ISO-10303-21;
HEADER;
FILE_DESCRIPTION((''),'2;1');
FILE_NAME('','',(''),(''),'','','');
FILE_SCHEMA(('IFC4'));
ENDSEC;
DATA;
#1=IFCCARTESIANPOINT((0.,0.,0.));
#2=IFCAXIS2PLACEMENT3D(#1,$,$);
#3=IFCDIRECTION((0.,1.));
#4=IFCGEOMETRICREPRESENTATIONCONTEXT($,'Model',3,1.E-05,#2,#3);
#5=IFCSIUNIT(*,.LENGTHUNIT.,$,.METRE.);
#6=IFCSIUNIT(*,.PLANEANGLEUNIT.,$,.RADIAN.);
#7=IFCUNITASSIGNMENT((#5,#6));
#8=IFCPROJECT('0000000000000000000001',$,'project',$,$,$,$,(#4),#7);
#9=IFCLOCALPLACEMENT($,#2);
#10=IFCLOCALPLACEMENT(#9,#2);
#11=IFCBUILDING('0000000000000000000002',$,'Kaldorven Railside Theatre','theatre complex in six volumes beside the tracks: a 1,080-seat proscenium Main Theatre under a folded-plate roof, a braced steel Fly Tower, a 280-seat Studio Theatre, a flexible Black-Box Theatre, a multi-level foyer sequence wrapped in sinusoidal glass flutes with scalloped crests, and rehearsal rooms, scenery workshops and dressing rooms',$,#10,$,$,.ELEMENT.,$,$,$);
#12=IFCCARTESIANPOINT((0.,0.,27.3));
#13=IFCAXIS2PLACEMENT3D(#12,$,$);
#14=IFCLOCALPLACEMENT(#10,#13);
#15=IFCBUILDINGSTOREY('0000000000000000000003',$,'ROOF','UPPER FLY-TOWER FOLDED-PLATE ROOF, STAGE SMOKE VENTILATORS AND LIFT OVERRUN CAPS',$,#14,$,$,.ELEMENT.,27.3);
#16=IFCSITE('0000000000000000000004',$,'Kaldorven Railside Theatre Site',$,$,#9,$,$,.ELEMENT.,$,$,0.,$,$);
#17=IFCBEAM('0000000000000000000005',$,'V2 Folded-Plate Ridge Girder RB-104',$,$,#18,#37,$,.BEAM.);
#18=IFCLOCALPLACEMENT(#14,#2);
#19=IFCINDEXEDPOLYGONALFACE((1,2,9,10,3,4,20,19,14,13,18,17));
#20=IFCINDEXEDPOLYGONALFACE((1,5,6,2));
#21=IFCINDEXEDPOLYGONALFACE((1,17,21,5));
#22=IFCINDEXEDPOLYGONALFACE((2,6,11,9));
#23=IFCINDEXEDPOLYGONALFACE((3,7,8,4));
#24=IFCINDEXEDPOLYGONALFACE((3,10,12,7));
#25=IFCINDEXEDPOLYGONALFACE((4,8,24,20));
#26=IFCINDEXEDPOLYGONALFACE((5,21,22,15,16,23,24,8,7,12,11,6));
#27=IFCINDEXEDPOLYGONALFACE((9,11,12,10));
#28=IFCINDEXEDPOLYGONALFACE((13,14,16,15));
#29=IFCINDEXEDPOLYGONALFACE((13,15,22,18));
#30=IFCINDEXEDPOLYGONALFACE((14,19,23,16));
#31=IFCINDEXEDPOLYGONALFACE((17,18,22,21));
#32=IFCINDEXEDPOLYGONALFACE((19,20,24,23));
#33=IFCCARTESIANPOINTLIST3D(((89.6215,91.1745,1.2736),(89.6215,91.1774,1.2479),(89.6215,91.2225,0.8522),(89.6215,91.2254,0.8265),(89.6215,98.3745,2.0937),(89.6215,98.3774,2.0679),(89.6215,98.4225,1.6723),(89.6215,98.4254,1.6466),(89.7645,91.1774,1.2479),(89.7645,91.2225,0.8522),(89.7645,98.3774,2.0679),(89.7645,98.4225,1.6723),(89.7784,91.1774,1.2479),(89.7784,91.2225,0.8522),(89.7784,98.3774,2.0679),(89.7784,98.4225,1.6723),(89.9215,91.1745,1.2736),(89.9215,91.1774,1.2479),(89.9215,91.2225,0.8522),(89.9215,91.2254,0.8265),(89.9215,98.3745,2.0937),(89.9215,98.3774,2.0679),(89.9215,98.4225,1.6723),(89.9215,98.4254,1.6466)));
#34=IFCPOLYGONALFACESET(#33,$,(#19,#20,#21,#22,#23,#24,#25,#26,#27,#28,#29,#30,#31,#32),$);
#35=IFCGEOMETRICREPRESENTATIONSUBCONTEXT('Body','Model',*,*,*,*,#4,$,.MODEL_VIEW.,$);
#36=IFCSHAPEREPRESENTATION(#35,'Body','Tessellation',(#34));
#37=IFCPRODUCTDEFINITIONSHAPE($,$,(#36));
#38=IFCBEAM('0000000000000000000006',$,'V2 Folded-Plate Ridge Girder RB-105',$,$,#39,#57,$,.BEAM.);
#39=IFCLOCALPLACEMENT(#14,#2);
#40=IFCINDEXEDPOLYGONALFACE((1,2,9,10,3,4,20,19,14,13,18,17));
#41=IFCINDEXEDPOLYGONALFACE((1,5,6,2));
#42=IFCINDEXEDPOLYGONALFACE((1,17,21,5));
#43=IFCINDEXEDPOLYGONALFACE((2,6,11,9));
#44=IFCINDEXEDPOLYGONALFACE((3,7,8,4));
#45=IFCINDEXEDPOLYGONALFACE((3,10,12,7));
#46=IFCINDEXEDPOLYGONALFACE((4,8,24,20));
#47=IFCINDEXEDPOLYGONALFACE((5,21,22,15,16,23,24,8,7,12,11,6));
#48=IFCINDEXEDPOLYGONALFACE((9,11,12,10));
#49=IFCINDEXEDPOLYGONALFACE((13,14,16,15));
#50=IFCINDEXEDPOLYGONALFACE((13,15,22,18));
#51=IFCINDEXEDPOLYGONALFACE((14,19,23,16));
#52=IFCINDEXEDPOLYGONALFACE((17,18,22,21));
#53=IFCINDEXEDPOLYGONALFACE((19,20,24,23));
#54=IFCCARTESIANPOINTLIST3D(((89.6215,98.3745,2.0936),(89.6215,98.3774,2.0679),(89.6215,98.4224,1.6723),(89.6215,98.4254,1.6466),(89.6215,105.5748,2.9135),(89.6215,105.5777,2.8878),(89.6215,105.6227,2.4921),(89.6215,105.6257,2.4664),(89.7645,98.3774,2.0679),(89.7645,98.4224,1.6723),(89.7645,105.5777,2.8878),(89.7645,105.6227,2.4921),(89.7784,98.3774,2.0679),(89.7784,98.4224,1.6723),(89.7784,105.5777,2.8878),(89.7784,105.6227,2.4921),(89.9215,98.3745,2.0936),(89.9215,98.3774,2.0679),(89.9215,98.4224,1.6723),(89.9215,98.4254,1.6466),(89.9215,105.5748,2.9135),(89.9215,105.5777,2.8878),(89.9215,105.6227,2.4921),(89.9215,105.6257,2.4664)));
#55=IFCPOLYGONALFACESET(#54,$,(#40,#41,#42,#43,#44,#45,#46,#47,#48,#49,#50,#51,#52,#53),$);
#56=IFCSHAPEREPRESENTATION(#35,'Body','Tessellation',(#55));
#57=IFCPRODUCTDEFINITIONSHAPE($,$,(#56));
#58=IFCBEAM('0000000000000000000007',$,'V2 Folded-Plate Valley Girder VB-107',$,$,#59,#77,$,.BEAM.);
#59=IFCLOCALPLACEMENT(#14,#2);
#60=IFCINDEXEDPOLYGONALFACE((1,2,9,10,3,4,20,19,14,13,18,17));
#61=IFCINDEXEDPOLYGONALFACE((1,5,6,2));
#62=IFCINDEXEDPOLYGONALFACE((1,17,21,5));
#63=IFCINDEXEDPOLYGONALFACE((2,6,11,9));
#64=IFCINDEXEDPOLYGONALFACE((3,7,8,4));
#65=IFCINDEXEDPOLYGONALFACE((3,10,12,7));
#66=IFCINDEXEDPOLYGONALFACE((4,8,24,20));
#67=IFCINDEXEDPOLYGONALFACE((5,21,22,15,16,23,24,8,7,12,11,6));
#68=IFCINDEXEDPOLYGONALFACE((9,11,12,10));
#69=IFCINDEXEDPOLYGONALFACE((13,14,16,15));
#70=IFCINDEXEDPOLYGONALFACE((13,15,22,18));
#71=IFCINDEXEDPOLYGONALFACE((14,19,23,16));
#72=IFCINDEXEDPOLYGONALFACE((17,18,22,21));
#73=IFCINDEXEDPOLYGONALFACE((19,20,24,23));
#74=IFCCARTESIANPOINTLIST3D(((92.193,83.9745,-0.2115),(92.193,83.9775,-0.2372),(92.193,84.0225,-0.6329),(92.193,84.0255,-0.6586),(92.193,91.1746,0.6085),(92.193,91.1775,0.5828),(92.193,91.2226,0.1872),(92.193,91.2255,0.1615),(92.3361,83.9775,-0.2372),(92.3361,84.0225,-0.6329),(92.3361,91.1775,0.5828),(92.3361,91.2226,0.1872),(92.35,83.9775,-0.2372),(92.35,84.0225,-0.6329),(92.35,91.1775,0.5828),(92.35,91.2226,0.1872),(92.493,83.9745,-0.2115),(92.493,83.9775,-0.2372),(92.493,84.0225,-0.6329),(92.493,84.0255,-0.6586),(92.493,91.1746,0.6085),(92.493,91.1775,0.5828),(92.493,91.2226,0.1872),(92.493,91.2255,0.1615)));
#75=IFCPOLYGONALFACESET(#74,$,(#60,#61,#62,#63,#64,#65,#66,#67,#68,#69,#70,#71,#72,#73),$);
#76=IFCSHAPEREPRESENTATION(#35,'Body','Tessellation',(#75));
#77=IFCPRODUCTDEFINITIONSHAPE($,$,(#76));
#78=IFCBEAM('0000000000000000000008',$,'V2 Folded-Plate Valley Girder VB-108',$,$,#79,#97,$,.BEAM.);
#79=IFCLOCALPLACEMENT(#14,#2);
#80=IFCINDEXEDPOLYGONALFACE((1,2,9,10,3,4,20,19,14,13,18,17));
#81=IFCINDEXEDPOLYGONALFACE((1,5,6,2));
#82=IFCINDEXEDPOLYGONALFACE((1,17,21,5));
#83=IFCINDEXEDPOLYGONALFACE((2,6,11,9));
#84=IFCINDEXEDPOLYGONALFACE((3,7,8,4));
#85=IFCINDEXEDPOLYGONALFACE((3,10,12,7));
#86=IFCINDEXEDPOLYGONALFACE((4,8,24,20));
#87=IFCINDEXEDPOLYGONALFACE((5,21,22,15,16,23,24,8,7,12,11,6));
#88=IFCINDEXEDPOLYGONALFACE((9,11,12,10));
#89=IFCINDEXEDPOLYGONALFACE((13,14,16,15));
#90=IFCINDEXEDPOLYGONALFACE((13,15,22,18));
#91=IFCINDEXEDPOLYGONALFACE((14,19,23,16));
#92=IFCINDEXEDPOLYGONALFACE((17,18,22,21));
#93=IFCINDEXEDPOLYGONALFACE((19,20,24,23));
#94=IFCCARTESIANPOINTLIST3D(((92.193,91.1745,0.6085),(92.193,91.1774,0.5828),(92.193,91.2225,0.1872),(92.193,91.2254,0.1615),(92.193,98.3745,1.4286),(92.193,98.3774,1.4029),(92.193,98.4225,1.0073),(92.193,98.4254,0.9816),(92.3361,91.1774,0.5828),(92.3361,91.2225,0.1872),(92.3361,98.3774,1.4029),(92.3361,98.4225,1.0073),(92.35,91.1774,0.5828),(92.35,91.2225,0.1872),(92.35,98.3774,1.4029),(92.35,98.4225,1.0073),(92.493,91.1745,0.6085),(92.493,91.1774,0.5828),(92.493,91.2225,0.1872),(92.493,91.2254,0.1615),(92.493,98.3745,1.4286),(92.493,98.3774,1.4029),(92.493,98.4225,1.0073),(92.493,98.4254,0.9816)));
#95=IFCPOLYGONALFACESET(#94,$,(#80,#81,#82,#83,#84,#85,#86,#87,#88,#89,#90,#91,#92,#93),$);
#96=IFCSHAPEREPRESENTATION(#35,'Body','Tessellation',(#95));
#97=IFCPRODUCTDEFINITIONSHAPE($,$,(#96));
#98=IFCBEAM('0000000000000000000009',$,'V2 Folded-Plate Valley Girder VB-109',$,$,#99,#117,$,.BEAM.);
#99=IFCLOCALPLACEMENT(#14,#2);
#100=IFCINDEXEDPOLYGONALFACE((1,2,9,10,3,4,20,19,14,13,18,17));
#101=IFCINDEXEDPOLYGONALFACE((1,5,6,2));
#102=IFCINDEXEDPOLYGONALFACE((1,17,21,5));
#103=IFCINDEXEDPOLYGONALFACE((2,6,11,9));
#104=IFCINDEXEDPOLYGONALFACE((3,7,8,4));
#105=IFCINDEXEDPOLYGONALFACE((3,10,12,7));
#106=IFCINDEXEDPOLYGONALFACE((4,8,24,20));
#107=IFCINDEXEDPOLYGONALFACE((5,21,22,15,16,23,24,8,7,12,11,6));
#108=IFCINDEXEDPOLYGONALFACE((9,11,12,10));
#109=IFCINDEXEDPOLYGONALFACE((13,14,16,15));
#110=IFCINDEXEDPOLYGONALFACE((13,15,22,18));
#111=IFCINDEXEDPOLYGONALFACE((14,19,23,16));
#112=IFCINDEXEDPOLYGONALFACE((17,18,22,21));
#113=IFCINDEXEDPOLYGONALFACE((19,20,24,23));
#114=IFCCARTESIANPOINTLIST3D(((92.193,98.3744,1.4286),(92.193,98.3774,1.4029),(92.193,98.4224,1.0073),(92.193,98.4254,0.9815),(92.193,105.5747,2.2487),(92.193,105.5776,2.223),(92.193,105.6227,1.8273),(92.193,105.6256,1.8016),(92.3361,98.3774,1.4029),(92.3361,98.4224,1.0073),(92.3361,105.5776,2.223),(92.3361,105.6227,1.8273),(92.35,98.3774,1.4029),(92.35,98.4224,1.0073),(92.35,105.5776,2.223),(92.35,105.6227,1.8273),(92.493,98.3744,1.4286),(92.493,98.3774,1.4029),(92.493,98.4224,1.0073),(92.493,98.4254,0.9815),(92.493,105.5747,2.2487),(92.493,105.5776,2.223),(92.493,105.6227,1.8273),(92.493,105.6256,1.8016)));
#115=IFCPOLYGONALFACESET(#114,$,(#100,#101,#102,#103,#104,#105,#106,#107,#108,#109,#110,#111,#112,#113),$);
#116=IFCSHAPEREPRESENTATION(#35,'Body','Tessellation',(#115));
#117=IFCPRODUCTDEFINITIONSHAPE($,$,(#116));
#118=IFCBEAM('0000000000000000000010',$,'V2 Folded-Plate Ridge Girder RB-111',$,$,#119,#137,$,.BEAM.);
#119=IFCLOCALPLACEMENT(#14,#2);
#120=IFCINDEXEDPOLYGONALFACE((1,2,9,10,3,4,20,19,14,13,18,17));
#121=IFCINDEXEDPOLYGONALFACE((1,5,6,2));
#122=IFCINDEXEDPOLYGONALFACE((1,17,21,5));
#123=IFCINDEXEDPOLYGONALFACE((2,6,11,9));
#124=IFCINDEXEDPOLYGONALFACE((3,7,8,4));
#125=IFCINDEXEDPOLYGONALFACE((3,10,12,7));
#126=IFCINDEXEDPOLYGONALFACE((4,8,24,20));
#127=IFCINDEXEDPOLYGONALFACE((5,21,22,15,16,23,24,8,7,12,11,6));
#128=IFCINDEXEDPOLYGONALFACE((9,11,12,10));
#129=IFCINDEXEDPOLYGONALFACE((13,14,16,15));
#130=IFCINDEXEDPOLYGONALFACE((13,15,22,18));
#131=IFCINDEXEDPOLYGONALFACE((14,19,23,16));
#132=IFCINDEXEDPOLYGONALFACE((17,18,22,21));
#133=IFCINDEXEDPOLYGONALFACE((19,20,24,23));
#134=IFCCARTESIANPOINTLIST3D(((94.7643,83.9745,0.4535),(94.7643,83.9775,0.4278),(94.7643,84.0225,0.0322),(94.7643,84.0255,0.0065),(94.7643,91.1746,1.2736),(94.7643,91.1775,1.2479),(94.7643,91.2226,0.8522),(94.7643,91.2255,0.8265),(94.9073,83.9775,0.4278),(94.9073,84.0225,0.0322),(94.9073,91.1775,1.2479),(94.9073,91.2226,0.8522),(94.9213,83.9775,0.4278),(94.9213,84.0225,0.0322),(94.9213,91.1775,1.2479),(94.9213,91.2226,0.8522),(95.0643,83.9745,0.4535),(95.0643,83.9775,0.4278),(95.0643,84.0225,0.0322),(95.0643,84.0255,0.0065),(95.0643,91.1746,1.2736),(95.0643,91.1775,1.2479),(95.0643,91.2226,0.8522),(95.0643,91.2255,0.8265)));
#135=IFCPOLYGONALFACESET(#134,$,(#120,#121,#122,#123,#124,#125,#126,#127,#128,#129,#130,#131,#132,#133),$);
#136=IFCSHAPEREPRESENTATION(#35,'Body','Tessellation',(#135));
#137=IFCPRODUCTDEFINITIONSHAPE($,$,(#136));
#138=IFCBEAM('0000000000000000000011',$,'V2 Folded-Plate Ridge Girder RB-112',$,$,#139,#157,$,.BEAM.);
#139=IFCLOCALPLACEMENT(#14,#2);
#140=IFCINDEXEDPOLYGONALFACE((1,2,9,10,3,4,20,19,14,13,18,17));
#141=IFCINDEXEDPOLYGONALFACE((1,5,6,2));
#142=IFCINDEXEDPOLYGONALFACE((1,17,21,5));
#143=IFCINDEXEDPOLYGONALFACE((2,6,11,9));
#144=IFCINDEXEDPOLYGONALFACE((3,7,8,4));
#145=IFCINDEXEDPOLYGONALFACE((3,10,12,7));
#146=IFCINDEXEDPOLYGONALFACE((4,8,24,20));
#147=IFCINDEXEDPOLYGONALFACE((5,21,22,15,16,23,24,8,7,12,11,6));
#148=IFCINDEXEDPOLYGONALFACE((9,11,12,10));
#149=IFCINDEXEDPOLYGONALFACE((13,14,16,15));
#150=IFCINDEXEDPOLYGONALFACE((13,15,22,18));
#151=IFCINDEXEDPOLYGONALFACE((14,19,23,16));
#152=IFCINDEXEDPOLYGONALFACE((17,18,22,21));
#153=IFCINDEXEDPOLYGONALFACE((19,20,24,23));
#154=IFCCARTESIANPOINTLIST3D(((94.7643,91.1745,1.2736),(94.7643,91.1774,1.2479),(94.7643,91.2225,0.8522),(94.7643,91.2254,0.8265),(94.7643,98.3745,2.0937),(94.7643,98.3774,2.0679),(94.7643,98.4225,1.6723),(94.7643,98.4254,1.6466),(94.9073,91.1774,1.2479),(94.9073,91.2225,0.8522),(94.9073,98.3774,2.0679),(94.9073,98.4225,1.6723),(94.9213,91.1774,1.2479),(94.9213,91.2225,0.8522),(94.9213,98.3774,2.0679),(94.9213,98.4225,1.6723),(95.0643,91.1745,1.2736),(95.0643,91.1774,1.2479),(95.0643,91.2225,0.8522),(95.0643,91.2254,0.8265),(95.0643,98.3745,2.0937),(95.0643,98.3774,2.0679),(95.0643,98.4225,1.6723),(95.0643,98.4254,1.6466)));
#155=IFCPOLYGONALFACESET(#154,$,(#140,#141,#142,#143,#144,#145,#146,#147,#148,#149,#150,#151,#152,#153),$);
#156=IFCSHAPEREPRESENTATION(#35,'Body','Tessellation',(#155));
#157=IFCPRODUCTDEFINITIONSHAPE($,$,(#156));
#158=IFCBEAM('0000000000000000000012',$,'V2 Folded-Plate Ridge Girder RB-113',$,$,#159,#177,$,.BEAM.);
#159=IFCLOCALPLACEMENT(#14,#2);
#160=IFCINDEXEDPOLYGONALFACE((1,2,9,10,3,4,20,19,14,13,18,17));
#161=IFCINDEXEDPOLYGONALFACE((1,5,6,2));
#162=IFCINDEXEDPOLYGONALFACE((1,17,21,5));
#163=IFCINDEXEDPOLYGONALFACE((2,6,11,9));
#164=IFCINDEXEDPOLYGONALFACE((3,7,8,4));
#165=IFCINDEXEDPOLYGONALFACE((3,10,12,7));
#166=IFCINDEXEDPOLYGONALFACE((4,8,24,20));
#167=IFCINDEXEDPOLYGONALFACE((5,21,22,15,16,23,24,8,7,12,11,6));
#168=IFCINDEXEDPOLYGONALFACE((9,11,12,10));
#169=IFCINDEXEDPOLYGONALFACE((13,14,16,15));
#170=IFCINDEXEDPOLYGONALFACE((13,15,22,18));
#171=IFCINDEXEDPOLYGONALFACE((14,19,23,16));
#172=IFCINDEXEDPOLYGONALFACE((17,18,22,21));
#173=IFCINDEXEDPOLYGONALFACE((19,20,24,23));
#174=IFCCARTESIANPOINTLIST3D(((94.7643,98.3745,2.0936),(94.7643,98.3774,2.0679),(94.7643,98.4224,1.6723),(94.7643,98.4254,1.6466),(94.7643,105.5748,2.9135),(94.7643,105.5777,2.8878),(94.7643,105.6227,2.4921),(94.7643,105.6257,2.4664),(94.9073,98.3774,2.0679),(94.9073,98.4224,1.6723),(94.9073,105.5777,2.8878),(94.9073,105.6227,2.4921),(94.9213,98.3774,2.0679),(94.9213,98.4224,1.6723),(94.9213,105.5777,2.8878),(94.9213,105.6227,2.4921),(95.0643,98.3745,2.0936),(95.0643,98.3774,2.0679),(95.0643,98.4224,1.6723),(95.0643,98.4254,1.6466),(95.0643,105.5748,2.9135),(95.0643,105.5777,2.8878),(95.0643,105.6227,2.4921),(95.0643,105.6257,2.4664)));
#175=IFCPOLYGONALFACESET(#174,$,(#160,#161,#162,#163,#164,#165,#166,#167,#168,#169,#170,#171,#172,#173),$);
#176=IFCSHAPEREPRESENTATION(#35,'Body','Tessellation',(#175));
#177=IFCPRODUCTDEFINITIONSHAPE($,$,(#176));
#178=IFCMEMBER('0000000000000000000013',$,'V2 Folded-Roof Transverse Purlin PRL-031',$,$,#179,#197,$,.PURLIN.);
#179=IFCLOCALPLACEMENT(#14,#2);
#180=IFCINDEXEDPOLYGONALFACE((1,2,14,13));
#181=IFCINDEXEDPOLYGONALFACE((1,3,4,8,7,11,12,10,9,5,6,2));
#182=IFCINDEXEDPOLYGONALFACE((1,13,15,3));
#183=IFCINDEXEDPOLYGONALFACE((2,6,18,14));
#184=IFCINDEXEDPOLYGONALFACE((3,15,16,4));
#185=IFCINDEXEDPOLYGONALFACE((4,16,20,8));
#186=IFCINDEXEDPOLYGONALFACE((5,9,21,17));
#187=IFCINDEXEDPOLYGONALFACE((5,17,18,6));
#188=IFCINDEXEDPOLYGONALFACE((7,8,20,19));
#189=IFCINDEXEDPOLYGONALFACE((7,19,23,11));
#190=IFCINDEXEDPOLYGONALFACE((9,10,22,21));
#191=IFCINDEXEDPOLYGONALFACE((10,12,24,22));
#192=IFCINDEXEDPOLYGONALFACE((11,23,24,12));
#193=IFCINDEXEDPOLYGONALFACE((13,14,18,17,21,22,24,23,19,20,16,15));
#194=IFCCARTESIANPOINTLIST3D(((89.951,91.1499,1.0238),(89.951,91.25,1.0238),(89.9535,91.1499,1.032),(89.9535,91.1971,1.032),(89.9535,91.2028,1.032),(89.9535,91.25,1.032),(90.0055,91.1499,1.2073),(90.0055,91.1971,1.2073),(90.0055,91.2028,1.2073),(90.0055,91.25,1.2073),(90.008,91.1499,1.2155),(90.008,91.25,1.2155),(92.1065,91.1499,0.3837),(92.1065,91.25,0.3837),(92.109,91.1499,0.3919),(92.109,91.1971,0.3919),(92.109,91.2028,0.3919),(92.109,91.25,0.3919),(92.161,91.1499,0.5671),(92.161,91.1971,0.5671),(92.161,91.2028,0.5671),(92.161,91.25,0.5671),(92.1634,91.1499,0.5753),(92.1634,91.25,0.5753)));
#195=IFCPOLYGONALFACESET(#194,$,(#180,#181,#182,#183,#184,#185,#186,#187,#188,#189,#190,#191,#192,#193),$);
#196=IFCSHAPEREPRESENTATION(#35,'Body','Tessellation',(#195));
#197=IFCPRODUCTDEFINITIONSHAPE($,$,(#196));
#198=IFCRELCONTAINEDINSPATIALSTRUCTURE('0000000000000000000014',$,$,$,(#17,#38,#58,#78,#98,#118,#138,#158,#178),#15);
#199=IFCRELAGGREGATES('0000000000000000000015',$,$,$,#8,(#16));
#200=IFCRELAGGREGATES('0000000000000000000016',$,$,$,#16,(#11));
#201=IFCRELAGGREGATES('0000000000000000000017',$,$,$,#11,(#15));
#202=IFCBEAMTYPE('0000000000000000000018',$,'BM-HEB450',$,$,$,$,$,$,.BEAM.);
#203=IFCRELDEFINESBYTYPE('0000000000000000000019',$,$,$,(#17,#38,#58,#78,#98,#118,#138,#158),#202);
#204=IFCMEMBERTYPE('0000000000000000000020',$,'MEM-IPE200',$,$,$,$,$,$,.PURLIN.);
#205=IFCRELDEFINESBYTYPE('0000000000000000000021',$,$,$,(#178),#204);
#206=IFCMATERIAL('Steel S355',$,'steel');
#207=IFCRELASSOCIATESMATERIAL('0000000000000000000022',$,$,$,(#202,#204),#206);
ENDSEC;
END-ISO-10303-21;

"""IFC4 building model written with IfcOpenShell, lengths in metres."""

from ifc_helpers import new_model, si_unit, direction, frame, origin, origin_2d, place, context, subcontext, project, spatial, i_section, extrude, material, material_profile, profile_set, type_object, element, save


model = new_model("IFC4")

# Units and contexts
model_context = context("Model", 3, precision=1e-05, world=origin(), true_north=direction((0.0, 1.0)))
body_context = subcontext(model_context, "Body", "Model", "MODEL_VIEW")
ifc_project = project(units=[si_unit("LENGTHUNIT", "METRE"), si_unit("PLANEANGLEUNIT", "RADIAN")], contexts=[model_context])

# Site, building, storey
site_placement = place(None, origin())
site = spatial("IfcSite", under=ifc_project, at=site_placement, Name="Kaldorven Railside Theatre Site", CompositionType="ELEMENT", RefElevation=0.0)
building_placement = place(site_placement, origin())
building = spatial("IfcBuilding", under=site, at=building_placement, Name="Kaldorven Railside Theatre", Description="theatre complex in six volumes beside the tracks: a 1,080-seat proscenium Main Theatre under a folded-plate roof, a braced steel Fly Tower, a 280-seat Studio Theatre, a flexible Black-Box Theatre, a multi-level foyer sequence wrapped in sinusoidal glass flutes with scalloped crests, and rehearsal rooms, scenery workshops and dressing rooms", CompositionType="ELEMENT")
storey_placement = place(building_placement, frame((0.0, 0.0, 27.3)))
storey = spatial("IfcBuildingStorey", under=building, at=storey_placement, Name="ROOF", Description="UPPER FLY-TOWER FOLDED-PLATE ROOF, STAGE SMOKE VENTILATORS AND LIFT OVERRUN CAPS", CompositionType="ELEMENT", Elevation=27.3)

# Beams
ifc_material_1 = material(Name="Steel S355", Category="steel")
ifc_material_profile_1 = material_profile(ifc_material_1, i_section(OverallWidth=0.3, OverallDepth=0.45, WebThickness=0.0139, FlangeThickness=0.0259, at=origin_2d()), Name="HEB 450")
ifc_profile_set_1 = profile_set([ifc_material_profile_1], Name="Steel S355")
beam_type = type_object("IfcBeamType", Name="BM-HEB450", PredefinedType="BEAM", material=ifc_profile_set_1)
beam_1_placement = place(storey_placement, frame((89.7715, 91.2, 1.05), z_axis=(0.0, 0.993576, 0.113167), x_axis=(-1.0, 0.0, 0.0)))
element("IfcBeam", 1, at=beam_1_placement, inside=storey, type_object=beam_type, Name="V2 Folded-Plate Ridge Girder RB-104", PredefinedType="BEAM", context=body_context, shape_type="SweptSolid", body=[
    extrude(i_section(OverallWidth=0.3, OverallDepth=0.45, WebThickness=0.0139, FlangeThickness=0.0259, at=origin_2d()), origin(), (0.0, 0.0, 1.0), 7.2466),
])
beam_2_placement = place(storey_placement, frame((89.7715, 98.3999, 1.8701), z_axis=(0.0, 0.99358, 0.11313), x_axis=(-1.0, 0.0, 0.0)))
element("IfcBeam", 2, at=beam_2_placement, inside=storey, type_object=beam_type, Name="V2 Folded-Plate Ridge Girder RB-105", PredefinedType="BEAM", context=body_context, shape_type="SweptSolid", body=[
    extrude(i_section(OverallWidth=0.3, OverallDepth=0.45, WebThickness=0.0139, FlangeThickness=0.0259, at=origin_2d()), origin(), (0.0, 0.0, 1.0), 7.2468),
])
for number, where, z_axis, x_axis, name in (
    (3, (92.343, 84.0, -0.4351), (0.0, 0.993576, 0.113167), (-1.0, 0.0, 0.0), "V2 Folded-Plate Valley Girder VB-107"),
    (4, (92.343, 91.2, 0.385), (0.0, 0.993576, 0.113167), (-1.0, 0.0, 0.0), "V2 Folded-Plate Valley Girder VB-108"),
):
    element("IfcBeam", number, at=place(storey_placement, frame(where, z_axis=z_axis, x_axis=x_axis)), inside=storey, type_object=beam_type, Name=name, PredefinedType="BEAM", context=body_context, shape_type="SweptSolid", body=[
        extrude(i_section(OverallWidth=0.3, OverallDepth=0.45, WebThickness=0.0139, FlangeThickness=0.0259, at=origin_2d()), origin(), (0.0, 0.0, 1.0), 7.2466),
    ])
beam_3_placement = place(storey_placement, frame((92.343, 98.3999, 1.2051), z_axis=(0.0, 0.993576, 0.113164), x_axis=(-1.0, 0.0, 0.0)))
element("IfcBeam", 5, at=beam_3_placement, inside=storey, type_object=beam_type, Name="V2 Folded-Plate Valley Girder VB-109", PredefinedType="BEAM", context=body_context, shape_type="SweptSolid", body=[
    extrude(i_section(OverallWidth=0.3, OverallDepth=0.45, WebThickness=0.0139, FlangeThickness=0.0259, at=origin_2d()), origin(), (0.0, 0.0, 1.0), 7.2468),
])
for number, where, z_axis, x_axis, name in (
    (6, (94.9143, 84.0, 0.23), (0.0, 0.993576, 0.113167), (-1.0, 0.0, 0.0), "V2 Folded-Plate Ridge Girder RB-111"),
    (7, (94.9143, 91.2, 1.05), (0.0, 0.993576, 0.113167), (-1.0, 0.0, 0.0), "V2 Folded-Plate Ridge Girder RB-112"),
):
    element("IfcBeam", number, at=place(storey_placement, frame(where, z_axis=z_axis, x_axis=x_axis)), inside=storey, type_object=beam_type, Name=name, PredefinedType="BEAM", context=body_context, shape_type="SweptSolid", body=[
        extrude(i_section(OverallWidth=0.3, OverallDepth=0.45, WebThickness=0.0139, FlangeThickness=0.0259, at=origin_2d()), origin(), (0.0, 0.0, 1.0), 7.2466),
    ])
beam_4_placement = place(storey_placement, frame((94.9143, 98.3999, 1.8701), z_axis=(0.0, 0.99358, 0.11313), x_axis=(-1.0, 0.0, 0.0)))
element("IfcBeam", 8, at=beam_4_placement, inside=storey, type_object=beam_type, Name="V2 Folded-Plate Ridge Girder RB-113", PredefinedType="BEAM", context=body_context, shape_type="SweptSolid", body=[
    extrude(i_section(OverallWidth=0.3, OverallDepth=0.45, WebThickness=0.0139, FlangeThickness=0.0259, at=origin_2d()), origin(), (0.0, 0.0, 1.0), 7.2468),
])

# Member
ifc_material_profile_2 = material_profile(ifc_material_1, i_section(OverallWidth=0.1001, OverallDepth=0.2, WebThickness=0.0056, FlangeThickness=0.0085, at=origin_2d()), Name="IPE 200")
ifc_profile_set_2 = profile_set([ifc_material_profile_2], Name="Steel S355")
member_type_1 = type_object("IfcMemberType", Name="MEM-IPE200", PredefinedType="PURLIN", material=ifc_profile_set_2)
for number, where, z_axis, x_axis, name in (
    (9, (89.9795, 91.2, 1.1196), (0.95862, 0.0, -0.284687), (0.0, 1.0, 0.0), "V2 Folded-Roof Transverse Purlin PRL-031"),
):
    element("IfcMember", number, at=place(storey_placement, frame(where, z_axis=z_axis, x_axis=x_axis)), inside=storey, type_object=member_type_1, Name=name, PredefinedType="PURLIN", context=body_context, shape_type="SweptSolid", body=[
        extrude(i_section(OverallWidth=0.1001, OverallDepth=0.2, WebThickness=0.0056, FlangeThickness=0.0085, at=origin_2d()), origin(), (0.0, 0.0, 1.0), 2.2485),
    ])

save(model, "model.ifc")
